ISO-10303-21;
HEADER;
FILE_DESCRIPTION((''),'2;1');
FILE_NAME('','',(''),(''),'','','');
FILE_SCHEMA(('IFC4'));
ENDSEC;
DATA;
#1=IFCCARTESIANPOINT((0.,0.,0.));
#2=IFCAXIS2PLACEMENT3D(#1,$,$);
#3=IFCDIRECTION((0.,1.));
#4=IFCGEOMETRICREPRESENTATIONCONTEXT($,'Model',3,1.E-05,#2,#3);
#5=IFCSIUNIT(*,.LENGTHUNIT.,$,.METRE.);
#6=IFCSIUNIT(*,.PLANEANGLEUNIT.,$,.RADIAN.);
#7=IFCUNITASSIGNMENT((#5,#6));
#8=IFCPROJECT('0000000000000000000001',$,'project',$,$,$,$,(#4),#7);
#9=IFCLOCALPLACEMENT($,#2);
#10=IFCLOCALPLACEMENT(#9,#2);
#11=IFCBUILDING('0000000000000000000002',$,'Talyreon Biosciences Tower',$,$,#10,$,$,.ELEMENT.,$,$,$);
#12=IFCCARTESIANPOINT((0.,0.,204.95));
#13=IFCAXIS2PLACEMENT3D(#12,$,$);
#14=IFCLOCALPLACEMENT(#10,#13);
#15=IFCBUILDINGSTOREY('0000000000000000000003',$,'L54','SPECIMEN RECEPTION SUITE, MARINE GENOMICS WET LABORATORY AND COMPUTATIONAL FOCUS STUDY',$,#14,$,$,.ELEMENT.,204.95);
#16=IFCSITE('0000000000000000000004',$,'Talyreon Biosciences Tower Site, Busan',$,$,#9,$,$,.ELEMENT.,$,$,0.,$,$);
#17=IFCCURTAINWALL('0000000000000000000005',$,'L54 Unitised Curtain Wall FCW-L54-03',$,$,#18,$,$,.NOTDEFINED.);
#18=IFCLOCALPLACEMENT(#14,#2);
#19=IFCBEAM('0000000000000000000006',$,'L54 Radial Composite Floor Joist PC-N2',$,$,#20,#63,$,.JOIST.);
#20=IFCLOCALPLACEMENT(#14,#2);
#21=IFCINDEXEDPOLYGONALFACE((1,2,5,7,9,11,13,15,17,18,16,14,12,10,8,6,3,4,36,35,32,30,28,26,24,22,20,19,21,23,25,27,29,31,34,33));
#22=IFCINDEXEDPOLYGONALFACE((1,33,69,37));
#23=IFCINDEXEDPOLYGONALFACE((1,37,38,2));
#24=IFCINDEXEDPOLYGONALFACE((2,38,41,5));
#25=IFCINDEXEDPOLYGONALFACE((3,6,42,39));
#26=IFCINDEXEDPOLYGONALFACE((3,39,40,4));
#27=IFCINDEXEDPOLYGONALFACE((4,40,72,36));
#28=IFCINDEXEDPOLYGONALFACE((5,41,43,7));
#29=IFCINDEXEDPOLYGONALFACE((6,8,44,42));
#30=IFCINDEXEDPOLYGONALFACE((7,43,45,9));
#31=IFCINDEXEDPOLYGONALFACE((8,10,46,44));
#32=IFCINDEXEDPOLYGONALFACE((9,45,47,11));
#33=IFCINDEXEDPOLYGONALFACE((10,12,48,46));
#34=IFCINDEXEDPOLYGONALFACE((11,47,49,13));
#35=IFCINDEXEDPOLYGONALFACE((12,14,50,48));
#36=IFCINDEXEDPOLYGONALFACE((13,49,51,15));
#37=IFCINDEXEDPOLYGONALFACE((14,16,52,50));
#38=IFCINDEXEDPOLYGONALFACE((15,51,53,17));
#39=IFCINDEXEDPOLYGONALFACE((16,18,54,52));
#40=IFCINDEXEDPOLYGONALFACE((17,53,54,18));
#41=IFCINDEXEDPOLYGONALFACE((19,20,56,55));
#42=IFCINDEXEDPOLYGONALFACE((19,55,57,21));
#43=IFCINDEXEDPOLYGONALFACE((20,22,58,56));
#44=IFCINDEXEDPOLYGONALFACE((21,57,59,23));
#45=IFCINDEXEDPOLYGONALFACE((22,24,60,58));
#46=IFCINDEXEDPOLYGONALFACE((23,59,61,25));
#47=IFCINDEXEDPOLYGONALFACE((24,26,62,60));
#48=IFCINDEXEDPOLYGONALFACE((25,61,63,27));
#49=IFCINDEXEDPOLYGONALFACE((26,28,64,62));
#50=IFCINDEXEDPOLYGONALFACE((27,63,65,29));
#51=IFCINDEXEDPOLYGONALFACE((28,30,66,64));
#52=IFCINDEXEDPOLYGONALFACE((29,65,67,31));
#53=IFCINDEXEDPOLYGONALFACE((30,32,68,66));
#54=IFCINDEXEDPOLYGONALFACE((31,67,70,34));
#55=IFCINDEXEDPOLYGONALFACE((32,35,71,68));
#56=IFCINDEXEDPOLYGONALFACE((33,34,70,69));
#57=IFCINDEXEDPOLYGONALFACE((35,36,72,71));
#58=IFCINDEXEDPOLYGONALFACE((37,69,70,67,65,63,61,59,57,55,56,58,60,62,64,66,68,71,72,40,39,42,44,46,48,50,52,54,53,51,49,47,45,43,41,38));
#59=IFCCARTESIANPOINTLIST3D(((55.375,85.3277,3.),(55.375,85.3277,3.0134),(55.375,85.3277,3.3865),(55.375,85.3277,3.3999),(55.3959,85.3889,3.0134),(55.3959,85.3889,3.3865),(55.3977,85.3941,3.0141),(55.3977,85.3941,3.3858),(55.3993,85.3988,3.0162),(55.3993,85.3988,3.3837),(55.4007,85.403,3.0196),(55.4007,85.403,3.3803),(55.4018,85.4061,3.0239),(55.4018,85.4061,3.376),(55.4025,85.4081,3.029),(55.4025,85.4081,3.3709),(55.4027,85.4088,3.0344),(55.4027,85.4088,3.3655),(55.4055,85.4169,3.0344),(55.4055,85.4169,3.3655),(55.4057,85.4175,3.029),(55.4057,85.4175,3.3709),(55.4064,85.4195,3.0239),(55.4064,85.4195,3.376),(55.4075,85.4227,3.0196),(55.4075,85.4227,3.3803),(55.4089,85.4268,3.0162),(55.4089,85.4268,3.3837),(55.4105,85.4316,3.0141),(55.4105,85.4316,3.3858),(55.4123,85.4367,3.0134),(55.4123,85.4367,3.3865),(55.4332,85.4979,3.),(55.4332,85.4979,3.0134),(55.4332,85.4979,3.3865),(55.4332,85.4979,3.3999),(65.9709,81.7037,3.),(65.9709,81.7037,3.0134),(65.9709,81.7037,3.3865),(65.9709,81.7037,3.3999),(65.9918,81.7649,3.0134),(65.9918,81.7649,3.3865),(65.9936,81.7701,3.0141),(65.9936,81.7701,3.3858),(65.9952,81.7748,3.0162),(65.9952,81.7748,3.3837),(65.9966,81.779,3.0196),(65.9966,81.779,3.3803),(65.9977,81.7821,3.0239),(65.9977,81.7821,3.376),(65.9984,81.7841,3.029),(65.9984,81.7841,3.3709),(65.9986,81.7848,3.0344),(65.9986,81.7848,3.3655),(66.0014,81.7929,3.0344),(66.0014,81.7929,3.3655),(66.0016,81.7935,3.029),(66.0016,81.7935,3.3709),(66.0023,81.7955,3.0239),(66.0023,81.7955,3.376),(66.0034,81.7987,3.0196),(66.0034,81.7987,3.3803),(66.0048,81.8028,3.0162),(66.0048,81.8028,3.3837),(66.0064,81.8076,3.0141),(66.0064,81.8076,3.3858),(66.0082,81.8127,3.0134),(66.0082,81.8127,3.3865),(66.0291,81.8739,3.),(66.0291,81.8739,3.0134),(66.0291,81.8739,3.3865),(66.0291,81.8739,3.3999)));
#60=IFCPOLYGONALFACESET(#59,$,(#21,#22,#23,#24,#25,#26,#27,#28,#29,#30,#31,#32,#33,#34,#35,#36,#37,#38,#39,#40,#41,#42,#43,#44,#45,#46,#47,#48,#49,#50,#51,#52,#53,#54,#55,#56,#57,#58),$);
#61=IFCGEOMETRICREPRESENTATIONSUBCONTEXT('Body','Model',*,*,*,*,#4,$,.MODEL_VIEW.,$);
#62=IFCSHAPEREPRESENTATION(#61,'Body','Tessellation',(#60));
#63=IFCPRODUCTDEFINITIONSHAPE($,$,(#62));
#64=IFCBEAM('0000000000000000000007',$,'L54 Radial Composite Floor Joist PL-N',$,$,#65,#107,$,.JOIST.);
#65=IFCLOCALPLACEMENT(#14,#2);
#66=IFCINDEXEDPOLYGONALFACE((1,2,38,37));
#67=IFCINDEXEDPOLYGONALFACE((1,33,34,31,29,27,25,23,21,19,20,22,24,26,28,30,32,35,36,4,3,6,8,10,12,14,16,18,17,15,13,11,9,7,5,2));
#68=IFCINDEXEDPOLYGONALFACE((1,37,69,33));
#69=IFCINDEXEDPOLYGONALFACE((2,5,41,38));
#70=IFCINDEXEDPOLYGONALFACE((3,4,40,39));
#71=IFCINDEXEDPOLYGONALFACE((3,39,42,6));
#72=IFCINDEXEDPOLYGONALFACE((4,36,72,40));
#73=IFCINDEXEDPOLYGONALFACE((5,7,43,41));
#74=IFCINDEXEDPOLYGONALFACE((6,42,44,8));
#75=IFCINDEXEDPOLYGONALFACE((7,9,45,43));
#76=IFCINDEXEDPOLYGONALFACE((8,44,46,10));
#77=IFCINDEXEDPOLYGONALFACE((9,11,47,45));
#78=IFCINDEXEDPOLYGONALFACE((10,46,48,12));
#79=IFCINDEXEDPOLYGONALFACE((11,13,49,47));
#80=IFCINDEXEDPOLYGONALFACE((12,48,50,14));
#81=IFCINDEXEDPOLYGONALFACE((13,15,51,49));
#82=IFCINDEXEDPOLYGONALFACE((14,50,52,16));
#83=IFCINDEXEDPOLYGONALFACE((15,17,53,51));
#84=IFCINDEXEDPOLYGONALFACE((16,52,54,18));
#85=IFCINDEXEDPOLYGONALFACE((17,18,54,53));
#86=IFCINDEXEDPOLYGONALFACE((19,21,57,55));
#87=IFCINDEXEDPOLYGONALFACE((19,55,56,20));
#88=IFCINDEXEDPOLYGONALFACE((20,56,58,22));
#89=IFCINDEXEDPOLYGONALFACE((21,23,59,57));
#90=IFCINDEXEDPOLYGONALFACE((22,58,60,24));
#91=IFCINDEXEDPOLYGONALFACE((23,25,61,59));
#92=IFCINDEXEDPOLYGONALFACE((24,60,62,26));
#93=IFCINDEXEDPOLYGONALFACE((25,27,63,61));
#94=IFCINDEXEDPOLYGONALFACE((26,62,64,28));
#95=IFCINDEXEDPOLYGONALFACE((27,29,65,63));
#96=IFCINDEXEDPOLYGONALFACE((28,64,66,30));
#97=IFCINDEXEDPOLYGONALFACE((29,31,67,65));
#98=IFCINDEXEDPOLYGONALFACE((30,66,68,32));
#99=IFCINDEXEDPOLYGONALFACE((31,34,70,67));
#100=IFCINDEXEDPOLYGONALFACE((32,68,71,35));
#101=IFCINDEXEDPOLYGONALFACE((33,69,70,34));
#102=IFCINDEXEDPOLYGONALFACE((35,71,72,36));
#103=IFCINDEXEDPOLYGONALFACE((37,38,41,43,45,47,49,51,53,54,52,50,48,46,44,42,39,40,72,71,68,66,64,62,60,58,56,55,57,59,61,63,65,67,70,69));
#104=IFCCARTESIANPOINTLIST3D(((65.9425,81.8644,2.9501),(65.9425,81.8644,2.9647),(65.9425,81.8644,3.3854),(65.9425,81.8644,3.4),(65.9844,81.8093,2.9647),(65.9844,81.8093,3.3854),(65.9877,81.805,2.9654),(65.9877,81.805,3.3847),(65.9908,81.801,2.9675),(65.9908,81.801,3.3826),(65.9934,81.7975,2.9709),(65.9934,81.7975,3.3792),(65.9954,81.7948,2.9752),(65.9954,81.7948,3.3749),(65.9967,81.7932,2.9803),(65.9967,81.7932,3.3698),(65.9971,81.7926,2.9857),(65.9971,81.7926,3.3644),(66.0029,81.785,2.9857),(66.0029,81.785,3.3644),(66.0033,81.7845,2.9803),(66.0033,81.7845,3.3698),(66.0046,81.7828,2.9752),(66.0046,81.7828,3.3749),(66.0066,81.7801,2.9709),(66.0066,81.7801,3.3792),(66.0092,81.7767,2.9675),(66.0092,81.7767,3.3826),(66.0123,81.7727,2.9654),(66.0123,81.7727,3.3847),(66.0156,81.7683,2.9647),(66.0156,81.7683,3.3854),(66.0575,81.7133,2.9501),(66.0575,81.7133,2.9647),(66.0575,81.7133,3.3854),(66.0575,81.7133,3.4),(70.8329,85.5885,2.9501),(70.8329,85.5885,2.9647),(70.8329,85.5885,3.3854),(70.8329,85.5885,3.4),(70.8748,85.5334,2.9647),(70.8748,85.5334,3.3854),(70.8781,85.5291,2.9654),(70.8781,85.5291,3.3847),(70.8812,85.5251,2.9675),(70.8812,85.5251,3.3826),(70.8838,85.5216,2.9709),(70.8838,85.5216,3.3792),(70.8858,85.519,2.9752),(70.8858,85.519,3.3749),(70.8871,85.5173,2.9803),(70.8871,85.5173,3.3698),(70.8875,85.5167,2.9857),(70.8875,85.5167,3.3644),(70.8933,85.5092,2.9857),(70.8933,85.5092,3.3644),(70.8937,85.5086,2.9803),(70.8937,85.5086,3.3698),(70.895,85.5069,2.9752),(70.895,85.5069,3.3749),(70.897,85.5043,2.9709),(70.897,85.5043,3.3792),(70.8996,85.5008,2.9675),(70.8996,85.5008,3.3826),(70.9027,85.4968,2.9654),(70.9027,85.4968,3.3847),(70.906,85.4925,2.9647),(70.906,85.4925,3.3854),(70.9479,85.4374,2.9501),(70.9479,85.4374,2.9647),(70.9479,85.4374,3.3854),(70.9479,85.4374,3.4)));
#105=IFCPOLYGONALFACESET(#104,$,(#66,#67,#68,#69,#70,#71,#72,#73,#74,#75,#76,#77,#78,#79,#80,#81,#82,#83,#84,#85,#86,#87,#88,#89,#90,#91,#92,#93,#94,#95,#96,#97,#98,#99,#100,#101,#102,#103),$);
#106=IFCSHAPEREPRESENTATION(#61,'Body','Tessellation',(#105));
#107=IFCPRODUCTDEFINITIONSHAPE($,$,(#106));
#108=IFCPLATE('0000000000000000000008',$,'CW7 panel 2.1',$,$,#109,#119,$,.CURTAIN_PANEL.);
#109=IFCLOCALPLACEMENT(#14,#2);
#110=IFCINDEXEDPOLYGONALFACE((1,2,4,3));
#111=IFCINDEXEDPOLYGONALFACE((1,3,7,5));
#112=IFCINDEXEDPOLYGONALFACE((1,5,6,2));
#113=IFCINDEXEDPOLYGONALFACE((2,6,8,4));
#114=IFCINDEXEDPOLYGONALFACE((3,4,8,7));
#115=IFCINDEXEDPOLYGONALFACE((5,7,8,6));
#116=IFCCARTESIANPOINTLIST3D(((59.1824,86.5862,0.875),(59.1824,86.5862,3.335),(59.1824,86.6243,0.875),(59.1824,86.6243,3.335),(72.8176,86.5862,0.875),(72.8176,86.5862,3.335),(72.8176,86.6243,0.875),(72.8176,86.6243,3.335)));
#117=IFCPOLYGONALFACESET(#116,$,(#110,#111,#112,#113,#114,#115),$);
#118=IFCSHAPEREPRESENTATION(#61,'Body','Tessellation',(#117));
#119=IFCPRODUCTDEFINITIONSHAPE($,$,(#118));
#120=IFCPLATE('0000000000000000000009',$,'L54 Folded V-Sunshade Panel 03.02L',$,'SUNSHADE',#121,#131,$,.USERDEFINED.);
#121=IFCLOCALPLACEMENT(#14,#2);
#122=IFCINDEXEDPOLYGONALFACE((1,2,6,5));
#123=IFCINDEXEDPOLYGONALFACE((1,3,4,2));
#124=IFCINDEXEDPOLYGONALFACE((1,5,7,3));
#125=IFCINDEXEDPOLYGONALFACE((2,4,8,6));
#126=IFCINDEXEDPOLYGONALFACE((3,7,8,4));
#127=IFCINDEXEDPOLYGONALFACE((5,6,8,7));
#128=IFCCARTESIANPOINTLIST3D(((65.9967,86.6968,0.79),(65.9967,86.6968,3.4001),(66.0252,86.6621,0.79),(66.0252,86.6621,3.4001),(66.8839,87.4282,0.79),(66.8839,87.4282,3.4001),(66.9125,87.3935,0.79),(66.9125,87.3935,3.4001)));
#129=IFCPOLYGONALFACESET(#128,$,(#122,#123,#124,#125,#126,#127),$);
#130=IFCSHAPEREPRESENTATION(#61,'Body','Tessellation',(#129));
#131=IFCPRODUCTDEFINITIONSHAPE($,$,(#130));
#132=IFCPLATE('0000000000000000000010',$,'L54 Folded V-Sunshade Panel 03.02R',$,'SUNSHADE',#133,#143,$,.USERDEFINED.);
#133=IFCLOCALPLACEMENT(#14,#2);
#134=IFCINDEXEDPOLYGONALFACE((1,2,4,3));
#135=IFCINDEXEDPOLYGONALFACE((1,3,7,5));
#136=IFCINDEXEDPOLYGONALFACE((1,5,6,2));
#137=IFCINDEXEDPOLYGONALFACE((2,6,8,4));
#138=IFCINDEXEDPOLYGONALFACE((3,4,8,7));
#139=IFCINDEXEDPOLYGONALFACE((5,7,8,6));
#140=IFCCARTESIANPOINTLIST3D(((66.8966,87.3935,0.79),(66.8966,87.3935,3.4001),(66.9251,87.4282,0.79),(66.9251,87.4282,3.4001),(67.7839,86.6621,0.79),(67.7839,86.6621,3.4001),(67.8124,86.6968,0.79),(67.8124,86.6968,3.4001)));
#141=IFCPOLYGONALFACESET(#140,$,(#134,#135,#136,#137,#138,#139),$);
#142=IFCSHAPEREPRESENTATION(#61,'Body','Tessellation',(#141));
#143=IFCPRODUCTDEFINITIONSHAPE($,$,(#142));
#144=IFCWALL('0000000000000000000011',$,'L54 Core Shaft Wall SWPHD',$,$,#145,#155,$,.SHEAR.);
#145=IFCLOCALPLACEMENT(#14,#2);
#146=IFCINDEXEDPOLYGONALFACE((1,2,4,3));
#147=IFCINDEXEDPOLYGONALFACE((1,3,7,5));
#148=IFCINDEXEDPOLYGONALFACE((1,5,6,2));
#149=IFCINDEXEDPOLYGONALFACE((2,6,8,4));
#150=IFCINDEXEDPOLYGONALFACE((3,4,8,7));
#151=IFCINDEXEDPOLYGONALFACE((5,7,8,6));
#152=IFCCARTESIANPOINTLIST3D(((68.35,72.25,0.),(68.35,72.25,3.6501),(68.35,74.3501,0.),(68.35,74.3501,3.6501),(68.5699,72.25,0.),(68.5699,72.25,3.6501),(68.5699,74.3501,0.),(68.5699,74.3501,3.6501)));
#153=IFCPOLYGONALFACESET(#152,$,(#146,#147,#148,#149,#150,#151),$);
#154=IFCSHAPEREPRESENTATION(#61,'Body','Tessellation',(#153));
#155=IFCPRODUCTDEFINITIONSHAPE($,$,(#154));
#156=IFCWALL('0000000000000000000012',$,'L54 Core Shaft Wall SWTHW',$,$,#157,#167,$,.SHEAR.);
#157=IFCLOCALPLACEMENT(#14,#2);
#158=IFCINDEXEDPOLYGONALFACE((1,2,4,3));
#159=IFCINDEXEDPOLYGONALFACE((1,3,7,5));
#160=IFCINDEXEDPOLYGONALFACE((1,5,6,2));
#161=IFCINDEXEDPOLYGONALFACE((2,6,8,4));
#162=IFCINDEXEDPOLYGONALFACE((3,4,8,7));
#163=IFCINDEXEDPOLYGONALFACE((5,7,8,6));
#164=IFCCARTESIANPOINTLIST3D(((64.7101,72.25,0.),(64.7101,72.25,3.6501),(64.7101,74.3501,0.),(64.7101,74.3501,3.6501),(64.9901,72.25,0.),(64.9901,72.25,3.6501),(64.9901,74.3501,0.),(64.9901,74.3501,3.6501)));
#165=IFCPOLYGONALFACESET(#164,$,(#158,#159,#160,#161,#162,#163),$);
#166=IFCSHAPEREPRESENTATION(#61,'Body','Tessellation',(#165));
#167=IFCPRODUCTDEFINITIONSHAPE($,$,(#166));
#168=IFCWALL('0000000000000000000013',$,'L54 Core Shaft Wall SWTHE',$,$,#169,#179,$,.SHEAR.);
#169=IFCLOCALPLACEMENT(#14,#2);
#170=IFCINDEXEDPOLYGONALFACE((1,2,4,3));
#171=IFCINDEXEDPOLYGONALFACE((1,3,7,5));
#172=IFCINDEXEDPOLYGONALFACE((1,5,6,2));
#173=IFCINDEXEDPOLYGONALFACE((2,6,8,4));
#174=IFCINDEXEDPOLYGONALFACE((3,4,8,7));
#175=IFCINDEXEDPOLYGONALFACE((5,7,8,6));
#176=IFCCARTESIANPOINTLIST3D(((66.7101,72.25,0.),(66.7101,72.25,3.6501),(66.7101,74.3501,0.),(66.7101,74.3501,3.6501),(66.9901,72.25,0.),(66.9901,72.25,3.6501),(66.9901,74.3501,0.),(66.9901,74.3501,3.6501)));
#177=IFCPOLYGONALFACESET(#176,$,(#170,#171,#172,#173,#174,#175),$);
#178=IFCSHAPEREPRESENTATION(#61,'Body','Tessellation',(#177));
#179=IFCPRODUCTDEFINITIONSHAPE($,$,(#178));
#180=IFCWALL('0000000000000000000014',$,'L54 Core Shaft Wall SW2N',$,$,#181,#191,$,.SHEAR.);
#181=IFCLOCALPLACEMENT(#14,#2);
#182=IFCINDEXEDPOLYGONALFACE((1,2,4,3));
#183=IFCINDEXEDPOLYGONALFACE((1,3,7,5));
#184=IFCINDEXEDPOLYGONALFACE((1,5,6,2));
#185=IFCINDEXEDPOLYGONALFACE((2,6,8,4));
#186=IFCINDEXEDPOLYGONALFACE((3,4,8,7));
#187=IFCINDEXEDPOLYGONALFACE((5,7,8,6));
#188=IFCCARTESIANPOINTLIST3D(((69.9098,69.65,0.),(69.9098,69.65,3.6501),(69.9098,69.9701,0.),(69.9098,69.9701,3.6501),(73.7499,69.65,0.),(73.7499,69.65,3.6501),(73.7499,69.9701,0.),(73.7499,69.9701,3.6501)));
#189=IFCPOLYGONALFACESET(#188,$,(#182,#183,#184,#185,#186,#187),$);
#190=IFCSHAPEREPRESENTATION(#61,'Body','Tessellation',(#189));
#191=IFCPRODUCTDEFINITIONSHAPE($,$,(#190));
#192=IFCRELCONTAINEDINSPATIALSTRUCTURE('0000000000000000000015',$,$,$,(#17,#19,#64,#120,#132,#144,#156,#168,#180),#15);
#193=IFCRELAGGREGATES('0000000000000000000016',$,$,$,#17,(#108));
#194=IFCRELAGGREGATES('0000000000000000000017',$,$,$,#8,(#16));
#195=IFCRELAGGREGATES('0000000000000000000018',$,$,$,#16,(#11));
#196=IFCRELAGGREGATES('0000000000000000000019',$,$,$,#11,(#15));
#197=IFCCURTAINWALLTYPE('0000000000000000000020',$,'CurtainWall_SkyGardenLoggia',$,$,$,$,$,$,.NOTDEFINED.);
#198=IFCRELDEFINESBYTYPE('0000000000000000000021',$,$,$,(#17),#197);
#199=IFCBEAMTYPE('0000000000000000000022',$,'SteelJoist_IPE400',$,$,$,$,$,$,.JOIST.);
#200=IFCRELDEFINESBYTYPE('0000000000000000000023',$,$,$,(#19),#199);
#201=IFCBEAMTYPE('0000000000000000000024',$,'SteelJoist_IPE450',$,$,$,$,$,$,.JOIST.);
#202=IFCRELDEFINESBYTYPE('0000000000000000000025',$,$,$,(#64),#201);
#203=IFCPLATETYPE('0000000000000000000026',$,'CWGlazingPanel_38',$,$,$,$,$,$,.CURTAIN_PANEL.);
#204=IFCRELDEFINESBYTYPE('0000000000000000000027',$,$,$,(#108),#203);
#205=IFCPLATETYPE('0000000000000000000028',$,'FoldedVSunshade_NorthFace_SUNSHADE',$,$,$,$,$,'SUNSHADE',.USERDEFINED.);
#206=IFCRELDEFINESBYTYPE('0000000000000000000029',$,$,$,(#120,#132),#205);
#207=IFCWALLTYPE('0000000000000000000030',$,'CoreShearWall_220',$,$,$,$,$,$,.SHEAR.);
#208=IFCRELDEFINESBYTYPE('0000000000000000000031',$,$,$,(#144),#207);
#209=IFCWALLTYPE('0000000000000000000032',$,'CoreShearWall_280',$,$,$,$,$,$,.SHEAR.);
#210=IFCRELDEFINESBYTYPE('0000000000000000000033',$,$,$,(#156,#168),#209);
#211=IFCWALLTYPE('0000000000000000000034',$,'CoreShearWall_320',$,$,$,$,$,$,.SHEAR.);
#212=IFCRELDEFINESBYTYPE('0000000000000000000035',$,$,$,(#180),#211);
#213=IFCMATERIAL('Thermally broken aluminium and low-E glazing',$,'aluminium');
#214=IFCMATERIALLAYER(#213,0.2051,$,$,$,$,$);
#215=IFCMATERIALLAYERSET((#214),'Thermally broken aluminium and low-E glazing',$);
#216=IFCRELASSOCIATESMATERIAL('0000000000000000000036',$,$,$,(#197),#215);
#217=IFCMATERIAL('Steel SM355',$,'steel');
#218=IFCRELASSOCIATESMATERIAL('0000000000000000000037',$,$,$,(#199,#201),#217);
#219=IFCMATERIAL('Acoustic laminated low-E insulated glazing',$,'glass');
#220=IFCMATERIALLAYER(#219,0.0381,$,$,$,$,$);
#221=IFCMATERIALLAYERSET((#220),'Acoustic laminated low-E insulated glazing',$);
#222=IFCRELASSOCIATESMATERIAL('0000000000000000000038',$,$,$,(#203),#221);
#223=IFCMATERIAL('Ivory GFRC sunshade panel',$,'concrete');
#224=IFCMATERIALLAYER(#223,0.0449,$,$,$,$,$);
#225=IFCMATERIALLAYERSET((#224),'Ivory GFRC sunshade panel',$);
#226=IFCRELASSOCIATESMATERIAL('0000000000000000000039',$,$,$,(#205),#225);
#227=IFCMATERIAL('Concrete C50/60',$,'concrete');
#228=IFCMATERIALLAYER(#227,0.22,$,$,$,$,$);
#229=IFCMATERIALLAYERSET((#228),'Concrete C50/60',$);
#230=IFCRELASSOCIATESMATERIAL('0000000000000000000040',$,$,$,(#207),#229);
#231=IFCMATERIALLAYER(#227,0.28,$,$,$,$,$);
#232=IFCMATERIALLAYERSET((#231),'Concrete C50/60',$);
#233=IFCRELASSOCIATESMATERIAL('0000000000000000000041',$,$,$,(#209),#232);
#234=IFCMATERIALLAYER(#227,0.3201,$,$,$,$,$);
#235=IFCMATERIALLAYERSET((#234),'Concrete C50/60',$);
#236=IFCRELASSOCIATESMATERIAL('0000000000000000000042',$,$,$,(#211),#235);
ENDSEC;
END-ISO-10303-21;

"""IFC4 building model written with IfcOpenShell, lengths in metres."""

from ifc_helpers import new_model, si_unit, direction, frame, frame_2d, origin, origin_2d, place, context, subcontext, project, spatial, rectangle, i_section, extrude, material, layer, layer_set, material_profile, profile_set, type_object, element, aggregate, save


model = new_model("IFC4")

# Units and contexts
model_context = context("Model", 3, precision=1e-05, world=origin(), true_north=direction((0.0, 1.0)))
body_context = subcontext(model_context, "Body", "Model", "MODEL_VIEW")
ifc_project = project(units=[si_unit("LENGTHUNIT", "METRE"), si_unit("PLANEANGLEUNIT", "RADIAN")], contexts=[model_context])

# Site, building, storey
site_placement = place(None, origin())
site = spatial("IfcSite", under=ifc_project, at=site_placement, Name="Talyreon Biosciences Tower Site, Busan", CompositionType="ELEMENT", RefElevation=0.0)
building_placement = place(site_placement, origin())
building = spatial("IfcBuilding", under=site, at=building_placement, Name="Talyreon Biosciences Tower", CompositionType="ELEMENT")
storey_placement = place(building_placement, frame((0.0, 0.0, 204.95)))
storey = spatial("IfcBuildingStorey", under=building, at=storey_placement, Name="L54", Description="SPECIMEN RECEPTION SUITE, MARINE GENOMICS WET LABORATORY AND COMPUTATIONAL FOCUS STUDY", CompositionType="ELEMENT", Elevation=204.95)

# Shared definitions
ifc_material_1 = material(Name="Concrete C50/60", Category="concrete")

# Curtain wall
ifc_material_2 = material(Name="Thermally broken aluminium and low-E glazing", Category="aluminium")
ifc_layer_1 = layer(ifc_material_2, 0.2051)
ifc_layer_set_1 = layer_set([ifc_layer_1], Name="Thermally broken aluminium and low-E glazing")
curtain_wall_type = type_object("IfcCurtainWallType", Name="CurtainWall_SkyGardenLoggia", PredefinedType="NOTDEFINED", material=ifc_layer_set_1)
curtain_wall_placement = place(storey_placement, origin())
curtain_wall = element("IfcCurtainWall", 1, at=curtain_wall_placement, inside=storey, type_object=curtain_wall_type, Name="L54 Unitised Curtain Wall FCW-L54-03", PredefinedType="NOTDEFINED")

# Beams
ifc_material_3 = material(Name="Steel SM355", Category="steel")
ifc_material_profile_1 = material_profile(ifc_material_3, i_section(OverallWidth=0.1799, OverallDepth=0.3999, WebThickness=0.0085, FlangeThickness=0.0134, FilletRadius=0.021, at=origin_2d()), Name="IPE400")
ifc_profile_set_1 = profile_set([ifc_material_profile_1], Name="Steel SM355")
beam_type_1 = type_object("IfcBeamType", Name="SteelJoist_IPE400", PredefinedType="JOIST", material=ifc_profile_set_1)
for number, where, z_axis, x_axis, name in (
    (2, (66.0, 81.7888, 3.2), (-0.946189, 0.323615, 0.0), (-0.323615, -0.946189, 0.0), "L54 Radial Composite Floor Joist PC-N2"),
):
    element("IfcBeam", number, at=place(storey_placement, frame(where, z_axis=z_axis, x_axis=x_axis)), inside=storey, type_object=beam_type_1, Name=name, PredefinedType="JOIST", context=body_context, shape_type="SweptSolid", body=[
        extrude(i_section(OverallWidth=0.1799, OverallDepth=0.3999, WebThickness=0.0085, FlangeThickness=0.0134, FilletRadius=0.021, at=origin_2d()), origin(), (0.0, 0.0, 1.0), 11.1985),
    ])
ifc_material_profile_2 = material_profile(ifc_material_3, i_section(OverallWidth=0.1899, OverallDepth=0.45, WebThickness=0.0095, FlangeThickness=0.0146, FilletRadius=0.021, at=origin_2d()), Name="IPE450")
ifc_profile_set_2 = profile_set([ifc_material_profile_2], Name="Steel SM355")
beam_type_2 = type_object("IfcBeamType", Name="SteelJoist_IPE450", PredefinedType="JOIST", material=ifc_profile_set_2)
beam_1_placement = place(storey_placement, frame((66.0, 81.7888, 3.175), z_axis=(0.795579, 0.605849, 0.0), x_axis=(-0.605849, 0.795579, 0.0)))
element("IfcBeam", 3, at=beam_1_placement, inside=storey, type_object=beam_type_2, Name="L54 Radial Composite Floor Joist PL-N", PredefinedType="JOIST", context=body_context, shape_type="SweptSolid", body=[
    extrude(i_section(OverallWidth=0.1899, OverallDepth=0.45, WebThickness=0.0095, FlangeThickness=0.0146, FilletRadius=0.021, at=origin_2d()), origin(), (0.0, 0.0, 1.0), 6.147),
])

# Plate
ifc_material_4 = material(Name="Acoustic laminated low-E insulated glazing", Category="glass")
ifc_layer_2 = layer(ifc_material_4, 0.0381)
ifc_layer_set_2 = layer_set([ifc_layer_2], Name="Acoustic laminated low-E insulated glazing")
plate_type_1 = type_object("IfcPlateType", Name="CWGlazingPanel_38", PredefinedType="CURTAIN_PANEL", material=ifc_layer_set_2)
plate_placement = place(storey_placement, frame((66.0, 86.6052, 0.875), z_axis=(0.0, 0.0, 1.0), x_axis=(1.0, 0.0, 0.0)))
plate = element("IfcPlate", 4, at=plate_placement, type_object=plate_type_1, Name="CW7 panel 2.1", PredefinedType="CURTAIN_PANEL", context=body_context, shape_type="SweptSolid", body=[
    extrude(rectangle(XDim=13.6353, YDim=0.0381, at=origin_2d()), origin(), (0.0, 0.0, 1.0), 2.46),
])
aggregate(curtain_wall, [plate])

# Plates
ifc_material_5 = material(Name="Ivory GFRC sunshade panel", Category="concrete")
ifc_layer_3 = layer(ifc_material_5, 0.0449)
ifc_layer_set_3 = layer_set([ifc_layer_3], Name="Ivory GFRC sunshade panel")
plate_type_2 = type_object("IfcPlateType", Name="FoldedVSunshade_NorthFace_SUNSHADE", ElementType="SUNSHADE", PredefinedType="USERDEFINED", material=ifc_layer_set_3)
for number, where, z_axis, x_axis, name in (
    (5, (66.4546, 87.0452, 0.79), (0.0, 0.0, 1.0), (0.771625, 0.636078, 0.0), "L54 Folded V-Sunshade Panel 03.02L"),
    (6, (67.3545, 87.0452, 0.79), (0.0, 0.0, 1.0), (0.771625, -0.636078, 0.0), "L54 Folded V-Sunshade Panel 03.02R"),
):
    element("IfcPlate", number, at=place(storey_placement, frame(where, z_axis=z_axis, x_axis=x_axis)), inside=storey, type_object=plate_type_2, Name=name, ObjectType="SUNSHADE", PredefinedType="USERDEFINED", context=body_context, shape_type="SweptSolid", body=[
        extrude(rectangle(XDim=1.1499, YDim=0.0449, at=origin_2d()), origin(), (0.0, 0.0, 1.0), 2.6101),
    ])

# Walls
ifc_layer_4 = layer(ifc_material_1, 0.22)
ifc_layer_set_4 = layer_set([ifc_layer_4], Name="Concrete C50/60")
wall_type_1 = type_object("IfcWallType", Name="CoreShearWall_220", PredefinedType="SHEAR", material=ifc_layer_set_4)
wall_1_placement = place(storey_placement, frame((68.46, 72.25, 0.0), z_axis=(0.0, 0.0, 1.0), x_axis=(0.0, 1.0, 0.0)))
element("IfcWall", 7, at=wall_1_placement, inside=storey, type_object=wall_type_1, Name="L54 Core Shaft Wall SWPHD", PredefinedType="SHEAR", context=body_context, shape_type="SweptSolid", body=[
    extrude(rectangle(XDim=2.1001, YDim=0.22, at=frame_2d((1.05, 0.0))), origin(), (0.0, 0.0, 1.0), 3.6501),
])
ifc_layer_5 = layer(ifc_material_1, 0.28)
ifc_layer_set_5 = layer_set([ifc_layer_5], Name="Concrete C50/60")
wall_type_2 = type_object("IfcWallType", Name="CoreShearWall_280", PredefinedType="SHEAR", material=ifc_layer_set_5)
for number, where, z_axis, x_axis, name in (
    (8, (64.8501, 72.25, 0.0), (0.0, 0.0, 1.0), (0.0, 1.0, 0.0), "L54 Core Shaft Wall SWTHW"),
    (9, (66.8501, 72.25, 0.0), (0.0, 0.0, 1.0), (0.0, 1.0, 0.0), "L54 Core Shaft Wall SWTHE"),
):
    element("IfcWall", number, at=place(storey_placement, frame(where, z_axis=z_axis, x_axis=x_axis)), inside=storey, type_object=wall_type_2, Name=name, PredefinedType="SHEAR", context=body_context, shape_type="SweptSolid", body=[
        extrude(rectangle(XDim=2.1001, YDim=0.28, at=frame_2d((1.05, 0.0))), origin(), (0.0, 0.0, 1.0), 3.6501),
    ])
ifc_layer_6 = layer(ifc_material_1, 0.3201)
ifc_layer_set_6 = layer_set([ifc_layer_6], Name="Concrete C50/60")
wall_type_3 = type_object("IfcWallType", Name="CoreShearWall_320", PredefinedType="SHEAR", material=ifc_layer_set_6)
wall_2_placement = place(storey_placement, frame((69.9099, 69.8101, 0.0), z_axis=(0.0, 0.0, 1.0), x_axis=(1.0, 0.0, 0.0)))
element("IfcWall", 10, at=wall_2_placement, inside=storey, type_object=wall_type_3, Name="L54 Core Shaft Wall SW2N", PredefinedType="SHEAR", context=body_context, shape_type="SweptSolid", body=[
    extrude(rectangle(XDim=3.8401, YDim=0.3201, at=frame_2d((1.9199, 0.0))), origin(), (0.0, 0.0, 1.0), 3.6501),
])

save(model, "model.ifc")
